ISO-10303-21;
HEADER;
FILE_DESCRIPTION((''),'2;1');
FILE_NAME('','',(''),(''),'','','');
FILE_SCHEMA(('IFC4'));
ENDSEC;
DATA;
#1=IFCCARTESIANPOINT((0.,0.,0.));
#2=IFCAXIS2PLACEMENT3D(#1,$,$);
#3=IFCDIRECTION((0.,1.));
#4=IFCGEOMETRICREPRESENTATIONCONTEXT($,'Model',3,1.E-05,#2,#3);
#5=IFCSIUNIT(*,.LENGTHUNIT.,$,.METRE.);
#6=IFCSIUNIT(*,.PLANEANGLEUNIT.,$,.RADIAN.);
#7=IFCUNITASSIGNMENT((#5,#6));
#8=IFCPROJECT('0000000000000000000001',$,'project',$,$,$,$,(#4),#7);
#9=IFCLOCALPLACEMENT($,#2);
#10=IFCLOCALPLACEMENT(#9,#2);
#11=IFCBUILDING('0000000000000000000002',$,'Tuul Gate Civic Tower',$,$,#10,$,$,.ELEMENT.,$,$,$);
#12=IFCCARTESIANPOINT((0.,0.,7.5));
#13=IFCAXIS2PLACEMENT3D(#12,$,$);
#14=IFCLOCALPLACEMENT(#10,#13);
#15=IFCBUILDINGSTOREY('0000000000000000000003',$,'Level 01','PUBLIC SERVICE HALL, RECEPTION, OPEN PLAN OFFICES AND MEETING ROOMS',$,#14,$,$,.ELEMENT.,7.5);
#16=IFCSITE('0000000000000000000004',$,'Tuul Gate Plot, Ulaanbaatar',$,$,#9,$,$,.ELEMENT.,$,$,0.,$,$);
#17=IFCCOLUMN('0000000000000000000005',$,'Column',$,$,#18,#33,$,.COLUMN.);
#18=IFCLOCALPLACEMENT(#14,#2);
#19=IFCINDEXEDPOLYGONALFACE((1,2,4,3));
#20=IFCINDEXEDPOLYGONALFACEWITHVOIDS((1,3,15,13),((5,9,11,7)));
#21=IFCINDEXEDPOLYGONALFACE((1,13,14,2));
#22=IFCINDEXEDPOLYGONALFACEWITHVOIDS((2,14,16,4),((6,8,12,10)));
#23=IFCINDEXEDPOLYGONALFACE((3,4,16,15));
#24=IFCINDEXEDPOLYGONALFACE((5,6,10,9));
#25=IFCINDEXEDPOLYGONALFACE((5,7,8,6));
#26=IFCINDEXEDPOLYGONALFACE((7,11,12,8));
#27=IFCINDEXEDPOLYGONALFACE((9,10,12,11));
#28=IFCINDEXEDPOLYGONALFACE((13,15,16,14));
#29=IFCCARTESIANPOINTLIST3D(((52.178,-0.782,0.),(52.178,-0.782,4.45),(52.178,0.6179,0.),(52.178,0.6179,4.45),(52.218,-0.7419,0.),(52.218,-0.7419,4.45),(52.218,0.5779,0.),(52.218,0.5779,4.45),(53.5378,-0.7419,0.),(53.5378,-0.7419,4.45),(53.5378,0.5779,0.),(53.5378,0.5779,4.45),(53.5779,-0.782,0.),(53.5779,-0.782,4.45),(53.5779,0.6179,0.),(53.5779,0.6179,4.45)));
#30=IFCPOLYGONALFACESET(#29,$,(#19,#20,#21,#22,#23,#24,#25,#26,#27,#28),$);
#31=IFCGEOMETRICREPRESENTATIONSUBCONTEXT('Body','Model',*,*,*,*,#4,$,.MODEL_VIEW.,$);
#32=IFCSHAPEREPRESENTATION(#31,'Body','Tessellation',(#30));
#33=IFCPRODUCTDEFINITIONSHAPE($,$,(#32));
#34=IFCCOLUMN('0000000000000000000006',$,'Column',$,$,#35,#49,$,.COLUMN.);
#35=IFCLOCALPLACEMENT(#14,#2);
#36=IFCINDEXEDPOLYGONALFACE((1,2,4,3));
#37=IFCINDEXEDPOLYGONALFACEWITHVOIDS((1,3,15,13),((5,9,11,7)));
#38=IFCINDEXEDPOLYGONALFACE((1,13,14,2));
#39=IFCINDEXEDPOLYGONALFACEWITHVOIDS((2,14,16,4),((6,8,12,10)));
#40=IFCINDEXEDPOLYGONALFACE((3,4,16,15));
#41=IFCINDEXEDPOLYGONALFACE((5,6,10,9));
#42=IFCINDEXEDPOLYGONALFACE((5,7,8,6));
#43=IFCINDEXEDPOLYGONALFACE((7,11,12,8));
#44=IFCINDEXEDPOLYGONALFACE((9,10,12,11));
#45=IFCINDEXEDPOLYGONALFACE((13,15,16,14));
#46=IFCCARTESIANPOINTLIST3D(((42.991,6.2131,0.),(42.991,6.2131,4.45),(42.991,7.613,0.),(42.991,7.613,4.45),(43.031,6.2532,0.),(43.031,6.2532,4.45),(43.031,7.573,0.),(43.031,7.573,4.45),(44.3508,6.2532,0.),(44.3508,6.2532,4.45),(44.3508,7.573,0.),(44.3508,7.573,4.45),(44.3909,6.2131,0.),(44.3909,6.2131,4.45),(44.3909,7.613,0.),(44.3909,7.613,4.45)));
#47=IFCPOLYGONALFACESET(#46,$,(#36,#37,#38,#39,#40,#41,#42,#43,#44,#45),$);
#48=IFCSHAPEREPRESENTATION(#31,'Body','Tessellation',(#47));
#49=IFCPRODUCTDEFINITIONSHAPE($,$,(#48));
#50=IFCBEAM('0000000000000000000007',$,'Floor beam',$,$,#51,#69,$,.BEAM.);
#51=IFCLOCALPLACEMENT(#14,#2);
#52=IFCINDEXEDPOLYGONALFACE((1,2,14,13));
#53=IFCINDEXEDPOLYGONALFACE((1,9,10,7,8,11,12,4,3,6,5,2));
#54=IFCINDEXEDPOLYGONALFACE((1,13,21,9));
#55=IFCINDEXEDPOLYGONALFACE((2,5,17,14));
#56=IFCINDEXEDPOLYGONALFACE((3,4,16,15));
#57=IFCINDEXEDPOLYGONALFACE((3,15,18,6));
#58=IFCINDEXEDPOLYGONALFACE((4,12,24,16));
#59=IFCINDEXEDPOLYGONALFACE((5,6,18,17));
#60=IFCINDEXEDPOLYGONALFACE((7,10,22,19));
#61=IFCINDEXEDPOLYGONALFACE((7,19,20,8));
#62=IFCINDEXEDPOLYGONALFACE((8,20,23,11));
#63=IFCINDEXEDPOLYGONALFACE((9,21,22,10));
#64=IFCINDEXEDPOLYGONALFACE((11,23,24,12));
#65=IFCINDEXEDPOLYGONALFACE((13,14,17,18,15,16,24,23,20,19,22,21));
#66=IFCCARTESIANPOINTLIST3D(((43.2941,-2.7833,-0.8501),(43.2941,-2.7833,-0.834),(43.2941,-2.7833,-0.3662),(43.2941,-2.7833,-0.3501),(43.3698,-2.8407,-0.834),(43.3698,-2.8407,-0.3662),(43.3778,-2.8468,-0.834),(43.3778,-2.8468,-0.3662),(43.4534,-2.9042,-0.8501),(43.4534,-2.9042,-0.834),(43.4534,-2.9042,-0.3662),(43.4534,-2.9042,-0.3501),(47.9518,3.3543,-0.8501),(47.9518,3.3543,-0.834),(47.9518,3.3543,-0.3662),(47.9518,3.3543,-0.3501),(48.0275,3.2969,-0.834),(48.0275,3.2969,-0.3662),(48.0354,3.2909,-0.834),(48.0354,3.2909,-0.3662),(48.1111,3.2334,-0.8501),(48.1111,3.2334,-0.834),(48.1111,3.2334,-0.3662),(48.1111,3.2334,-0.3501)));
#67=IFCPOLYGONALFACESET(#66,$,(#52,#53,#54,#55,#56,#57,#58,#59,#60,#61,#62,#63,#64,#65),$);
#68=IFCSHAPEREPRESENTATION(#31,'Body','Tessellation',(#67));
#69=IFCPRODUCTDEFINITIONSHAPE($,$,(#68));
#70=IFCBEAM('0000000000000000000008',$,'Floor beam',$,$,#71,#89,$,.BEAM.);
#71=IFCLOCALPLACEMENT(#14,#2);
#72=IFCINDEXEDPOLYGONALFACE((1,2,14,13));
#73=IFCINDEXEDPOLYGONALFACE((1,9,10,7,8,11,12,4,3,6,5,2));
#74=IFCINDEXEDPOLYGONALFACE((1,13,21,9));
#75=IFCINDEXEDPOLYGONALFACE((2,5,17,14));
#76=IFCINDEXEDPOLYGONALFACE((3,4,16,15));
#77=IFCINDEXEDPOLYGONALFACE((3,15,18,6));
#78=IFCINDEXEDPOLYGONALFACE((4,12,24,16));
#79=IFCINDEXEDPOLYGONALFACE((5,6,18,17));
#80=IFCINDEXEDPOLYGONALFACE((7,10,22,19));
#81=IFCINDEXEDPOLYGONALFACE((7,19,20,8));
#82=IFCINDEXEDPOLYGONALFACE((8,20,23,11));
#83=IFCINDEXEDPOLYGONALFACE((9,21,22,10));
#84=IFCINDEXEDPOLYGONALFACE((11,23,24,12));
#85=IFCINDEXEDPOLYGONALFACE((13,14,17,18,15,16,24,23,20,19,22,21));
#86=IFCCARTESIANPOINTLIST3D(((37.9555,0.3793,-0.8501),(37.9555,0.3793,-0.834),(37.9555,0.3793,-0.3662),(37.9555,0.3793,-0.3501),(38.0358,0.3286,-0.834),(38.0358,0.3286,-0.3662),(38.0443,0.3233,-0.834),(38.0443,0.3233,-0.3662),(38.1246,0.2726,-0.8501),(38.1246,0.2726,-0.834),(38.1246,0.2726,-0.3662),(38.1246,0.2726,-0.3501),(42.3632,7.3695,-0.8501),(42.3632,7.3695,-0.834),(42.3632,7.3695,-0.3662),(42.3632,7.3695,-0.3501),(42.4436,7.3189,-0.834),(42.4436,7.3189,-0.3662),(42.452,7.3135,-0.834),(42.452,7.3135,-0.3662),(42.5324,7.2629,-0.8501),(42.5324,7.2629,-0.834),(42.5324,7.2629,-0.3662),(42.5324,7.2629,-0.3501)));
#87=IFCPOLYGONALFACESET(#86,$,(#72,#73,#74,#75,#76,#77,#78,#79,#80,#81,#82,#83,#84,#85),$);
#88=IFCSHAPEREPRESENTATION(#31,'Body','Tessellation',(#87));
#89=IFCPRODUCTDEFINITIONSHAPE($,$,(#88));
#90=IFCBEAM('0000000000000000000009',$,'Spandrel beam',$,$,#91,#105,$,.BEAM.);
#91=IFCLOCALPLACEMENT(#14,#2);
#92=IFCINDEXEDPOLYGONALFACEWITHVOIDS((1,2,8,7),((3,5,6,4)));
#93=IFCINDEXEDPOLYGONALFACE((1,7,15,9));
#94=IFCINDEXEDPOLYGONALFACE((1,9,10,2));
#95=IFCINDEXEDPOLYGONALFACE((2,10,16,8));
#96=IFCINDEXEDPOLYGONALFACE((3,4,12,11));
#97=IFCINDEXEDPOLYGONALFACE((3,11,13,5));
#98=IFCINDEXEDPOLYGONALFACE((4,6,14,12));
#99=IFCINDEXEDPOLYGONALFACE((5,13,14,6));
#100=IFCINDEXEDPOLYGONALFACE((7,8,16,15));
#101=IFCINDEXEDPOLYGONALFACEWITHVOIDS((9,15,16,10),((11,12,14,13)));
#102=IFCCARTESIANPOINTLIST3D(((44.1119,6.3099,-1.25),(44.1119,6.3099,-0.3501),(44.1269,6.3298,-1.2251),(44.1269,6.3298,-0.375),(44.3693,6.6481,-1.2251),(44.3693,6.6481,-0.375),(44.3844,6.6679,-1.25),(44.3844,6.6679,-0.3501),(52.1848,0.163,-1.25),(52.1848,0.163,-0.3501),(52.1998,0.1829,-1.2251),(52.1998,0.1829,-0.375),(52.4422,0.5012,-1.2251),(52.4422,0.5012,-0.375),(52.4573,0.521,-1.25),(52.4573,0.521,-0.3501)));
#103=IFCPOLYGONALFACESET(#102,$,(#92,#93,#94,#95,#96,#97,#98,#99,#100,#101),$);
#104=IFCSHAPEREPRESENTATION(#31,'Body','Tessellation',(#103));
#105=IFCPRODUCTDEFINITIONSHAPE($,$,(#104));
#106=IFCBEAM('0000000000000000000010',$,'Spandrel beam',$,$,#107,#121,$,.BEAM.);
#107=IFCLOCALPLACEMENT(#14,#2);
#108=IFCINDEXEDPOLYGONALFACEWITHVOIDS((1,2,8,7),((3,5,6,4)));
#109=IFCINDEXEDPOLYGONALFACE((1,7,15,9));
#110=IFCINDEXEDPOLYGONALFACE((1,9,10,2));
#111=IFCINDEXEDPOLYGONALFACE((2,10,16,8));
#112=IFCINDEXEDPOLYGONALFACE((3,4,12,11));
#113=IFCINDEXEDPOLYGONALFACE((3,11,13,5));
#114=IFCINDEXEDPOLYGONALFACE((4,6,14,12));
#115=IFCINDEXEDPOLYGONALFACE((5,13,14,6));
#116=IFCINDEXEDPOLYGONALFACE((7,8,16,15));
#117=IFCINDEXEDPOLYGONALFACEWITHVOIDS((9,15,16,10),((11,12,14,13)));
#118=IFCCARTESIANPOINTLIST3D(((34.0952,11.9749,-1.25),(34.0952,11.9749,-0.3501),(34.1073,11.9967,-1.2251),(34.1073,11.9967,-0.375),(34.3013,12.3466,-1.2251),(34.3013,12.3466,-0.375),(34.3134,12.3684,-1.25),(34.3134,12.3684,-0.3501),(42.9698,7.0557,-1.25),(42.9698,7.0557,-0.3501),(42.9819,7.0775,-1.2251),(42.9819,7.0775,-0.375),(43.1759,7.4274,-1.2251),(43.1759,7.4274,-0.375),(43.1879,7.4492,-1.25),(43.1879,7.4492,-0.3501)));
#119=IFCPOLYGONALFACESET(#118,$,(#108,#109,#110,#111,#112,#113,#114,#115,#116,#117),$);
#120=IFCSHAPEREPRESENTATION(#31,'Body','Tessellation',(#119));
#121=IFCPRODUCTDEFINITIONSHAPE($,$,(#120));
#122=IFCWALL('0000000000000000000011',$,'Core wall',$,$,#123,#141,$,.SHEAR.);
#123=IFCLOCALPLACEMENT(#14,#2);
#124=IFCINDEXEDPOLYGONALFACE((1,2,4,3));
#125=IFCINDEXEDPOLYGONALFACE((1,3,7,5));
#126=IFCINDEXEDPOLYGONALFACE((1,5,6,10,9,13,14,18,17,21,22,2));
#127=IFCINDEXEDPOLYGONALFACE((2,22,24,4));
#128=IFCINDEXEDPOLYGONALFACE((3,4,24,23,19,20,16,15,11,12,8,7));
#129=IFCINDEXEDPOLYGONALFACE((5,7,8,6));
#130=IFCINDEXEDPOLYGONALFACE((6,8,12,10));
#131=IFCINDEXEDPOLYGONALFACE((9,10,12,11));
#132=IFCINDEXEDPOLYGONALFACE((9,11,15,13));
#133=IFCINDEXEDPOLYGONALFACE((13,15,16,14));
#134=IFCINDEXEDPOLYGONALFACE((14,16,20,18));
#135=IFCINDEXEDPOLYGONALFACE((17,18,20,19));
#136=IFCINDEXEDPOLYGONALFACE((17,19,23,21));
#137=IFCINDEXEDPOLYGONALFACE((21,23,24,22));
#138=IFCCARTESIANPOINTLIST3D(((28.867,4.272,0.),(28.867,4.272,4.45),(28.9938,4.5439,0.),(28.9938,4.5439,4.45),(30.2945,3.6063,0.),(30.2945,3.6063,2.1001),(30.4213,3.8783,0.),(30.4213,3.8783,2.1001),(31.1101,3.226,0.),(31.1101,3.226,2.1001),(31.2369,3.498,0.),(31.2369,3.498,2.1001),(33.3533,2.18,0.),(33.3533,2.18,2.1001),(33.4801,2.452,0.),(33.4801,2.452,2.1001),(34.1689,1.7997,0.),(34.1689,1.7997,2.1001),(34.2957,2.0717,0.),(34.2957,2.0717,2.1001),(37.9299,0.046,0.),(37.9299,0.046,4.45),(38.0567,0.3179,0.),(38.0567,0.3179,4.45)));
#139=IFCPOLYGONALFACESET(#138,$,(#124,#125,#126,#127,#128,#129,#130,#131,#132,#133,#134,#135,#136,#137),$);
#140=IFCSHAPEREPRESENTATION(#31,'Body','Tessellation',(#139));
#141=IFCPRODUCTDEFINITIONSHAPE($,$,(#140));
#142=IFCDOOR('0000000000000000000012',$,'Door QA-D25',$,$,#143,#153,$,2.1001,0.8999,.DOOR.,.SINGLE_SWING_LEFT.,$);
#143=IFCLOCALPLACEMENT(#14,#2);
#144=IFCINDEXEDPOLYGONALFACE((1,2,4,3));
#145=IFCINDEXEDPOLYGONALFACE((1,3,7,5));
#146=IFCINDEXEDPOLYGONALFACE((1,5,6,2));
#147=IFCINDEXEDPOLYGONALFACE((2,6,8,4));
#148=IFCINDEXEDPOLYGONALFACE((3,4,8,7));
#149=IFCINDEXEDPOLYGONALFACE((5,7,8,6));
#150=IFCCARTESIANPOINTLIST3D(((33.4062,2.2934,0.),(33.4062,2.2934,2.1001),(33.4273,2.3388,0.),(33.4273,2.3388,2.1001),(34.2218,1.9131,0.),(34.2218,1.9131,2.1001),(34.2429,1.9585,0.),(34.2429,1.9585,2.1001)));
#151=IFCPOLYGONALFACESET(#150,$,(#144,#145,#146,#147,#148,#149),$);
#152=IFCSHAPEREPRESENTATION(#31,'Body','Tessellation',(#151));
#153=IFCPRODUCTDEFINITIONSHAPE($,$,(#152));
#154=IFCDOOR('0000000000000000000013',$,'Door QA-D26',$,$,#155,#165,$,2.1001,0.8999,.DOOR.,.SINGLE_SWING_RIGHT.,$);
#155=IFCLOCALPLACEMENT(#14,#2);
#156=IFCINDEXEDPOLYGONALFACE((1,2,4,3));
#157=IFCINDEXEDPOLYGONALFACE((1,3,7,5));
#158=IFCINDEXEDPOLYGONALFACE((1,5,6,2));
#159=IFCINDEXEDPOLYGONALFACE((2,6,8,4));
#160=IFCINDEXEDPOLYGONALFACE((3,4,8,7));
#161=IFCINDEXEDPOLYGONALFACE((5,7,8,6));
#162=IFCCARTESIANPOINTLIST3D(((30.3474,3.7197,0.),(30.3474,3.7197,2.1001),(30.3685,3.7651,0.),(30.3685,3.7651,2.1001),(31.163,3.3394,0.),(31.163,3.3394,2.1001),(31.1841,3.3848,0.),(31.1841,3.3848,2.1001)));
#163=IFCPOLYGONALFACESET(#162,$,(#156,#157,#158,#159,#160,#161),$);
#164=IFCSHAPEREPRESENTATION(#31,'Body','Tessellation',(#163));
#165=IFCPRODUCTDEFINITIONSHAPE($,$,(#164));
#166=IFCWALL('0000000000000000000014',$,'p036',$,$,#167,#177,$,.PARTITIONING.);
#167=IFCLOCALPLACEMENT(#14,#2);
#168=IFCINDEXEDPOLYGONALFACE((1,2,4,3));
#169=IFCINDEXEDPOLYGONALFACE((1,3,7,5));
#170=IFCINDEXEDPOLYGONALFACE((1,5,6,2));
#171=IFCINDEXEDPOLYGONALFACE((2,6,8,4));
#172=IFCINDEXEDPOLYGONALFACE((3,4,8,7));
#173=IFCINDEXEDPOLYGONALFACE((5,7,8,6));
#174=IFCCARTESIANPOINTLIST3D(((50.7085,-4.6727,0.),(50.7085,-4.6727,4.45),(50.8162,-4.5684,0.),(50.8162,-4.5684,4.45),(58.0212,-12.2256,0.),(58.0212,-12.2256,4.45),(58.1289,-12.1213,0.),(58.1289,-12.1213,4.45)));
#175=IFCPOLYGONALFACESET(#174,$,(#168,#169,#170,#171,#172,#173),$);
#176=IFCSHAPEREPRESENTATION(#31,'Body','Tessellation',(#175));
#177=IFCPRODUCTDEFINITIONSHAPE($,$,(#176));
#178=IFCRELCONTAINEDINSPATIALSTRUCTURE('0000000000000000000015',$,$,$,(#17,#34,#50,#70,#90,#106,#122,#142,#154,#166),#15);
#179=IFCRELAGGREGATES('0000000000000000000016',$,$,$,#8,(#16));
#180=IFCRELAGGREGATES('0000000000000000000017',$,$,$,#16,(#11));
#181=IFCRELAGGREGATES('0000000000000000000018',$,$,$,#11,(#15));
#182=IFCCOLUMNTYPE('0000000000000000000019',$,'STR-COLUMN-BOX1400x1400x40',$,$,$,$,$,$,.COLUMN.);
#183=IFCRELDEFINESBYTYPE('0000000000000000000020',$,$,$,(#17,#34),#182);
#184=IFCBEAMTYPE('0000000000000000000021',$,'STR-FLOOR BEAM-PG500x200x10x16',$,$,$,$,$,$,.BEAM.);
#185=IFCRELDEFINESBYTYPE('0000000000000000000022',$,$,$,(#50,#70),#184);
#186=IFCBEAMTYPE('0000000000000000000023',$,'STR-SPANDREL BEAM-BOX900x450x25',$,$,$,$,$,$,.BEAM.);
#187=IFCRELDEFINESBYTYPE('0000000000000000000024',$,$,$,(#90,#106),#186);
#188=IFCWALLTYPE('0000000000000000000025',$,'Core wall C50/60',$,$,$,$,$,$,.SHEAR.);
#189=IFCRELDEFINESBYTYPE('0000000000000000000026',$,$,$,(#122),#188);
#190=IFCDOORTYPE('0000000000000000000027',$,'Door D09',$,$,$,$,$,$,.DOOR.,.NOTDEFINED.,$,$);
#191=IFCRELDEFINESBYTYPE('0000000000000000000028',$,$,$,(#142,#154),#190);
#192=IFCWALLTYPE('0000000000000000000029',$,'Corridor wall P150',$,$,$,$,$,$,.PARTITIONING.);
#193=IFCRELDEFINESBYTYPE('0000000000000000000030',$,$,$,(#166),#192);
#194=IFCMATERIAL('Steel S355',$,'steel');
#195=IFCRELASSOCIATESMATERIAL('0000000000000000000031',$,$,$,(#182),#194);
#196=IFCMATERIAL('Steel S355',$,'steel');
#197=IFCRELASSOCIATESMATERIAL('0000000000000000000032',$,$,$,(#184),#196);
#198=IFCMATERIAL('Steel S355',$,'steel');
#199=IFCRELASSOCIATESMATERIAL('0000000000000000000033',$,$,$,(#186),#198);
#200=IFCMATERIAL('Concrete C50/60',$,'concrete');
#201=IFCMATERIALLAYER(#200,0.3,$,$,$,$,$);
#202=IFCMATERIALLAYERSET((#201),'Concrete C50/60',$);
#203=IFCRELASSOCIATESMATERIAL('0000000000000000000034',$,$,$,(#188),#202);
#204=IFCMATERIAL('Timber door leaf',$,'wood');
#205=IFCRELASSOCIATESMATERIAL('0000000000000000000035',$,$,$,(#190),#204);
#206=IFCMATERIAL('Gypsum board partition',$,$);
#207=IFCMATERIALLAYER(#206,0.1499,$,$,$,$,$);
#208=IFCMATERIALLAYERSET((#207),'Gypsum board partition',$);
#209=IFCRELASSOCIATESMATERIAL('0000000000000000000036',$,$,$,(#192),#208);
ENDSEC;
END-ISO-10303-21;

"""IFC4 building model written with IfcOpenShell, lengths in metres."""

from ifc_helpers import new_model, si_unit, direction, frame, frame_2d, origin, origin_2d, place, context, subcontext, project, spatial, rectangle, hollow_rectangle, i_section, extrude, material, layer, layer_set, material_profile, profile_set, type_object, element, fill, save


model = new_model("IFC4")

# Units and contexts
model_context = context("Model", 3, precision=1e-05, world=origin(), true_north=direction((0.0, 1.0)))
body_context = subcontext(model_context, "Body", "Model", "MODEL_VIEW")
ifc_project = project(units=[si_unit("LENGTHUNIT", "METRE"), si_unit("PLANEANGLEUNIT", "RADIAN")], contexts=[model_context])

# Site, building, storey
site_placement = place(None, origin())
site = spatial("IfcSite", under=ifc_project, at=site_placement, Name="Tuul Gate Plot, Ulaanbaatar", CompositionType="ELEMENT", RefElevation=0.0)
building_placement = place(site_placement, origin())
building = spatial("IfcBuilding", under=site, at=building_placement, Name="Tuul Gate Civic Tower", CompositionType="ELEMENT")
storey_placement = place(building_placement, frame((0.0, 0.0, 7.5)))
storey = spatial("IfcBuildingStorey", under=building, at=storey_placement, Name="Level 01", Description="PUBLIC SERVICE HALL, RECEPTION, OPEN PLAN OFFICES AND MEETING ROOMS", CompositionType="ELEMENT", Elevation=7.5)

# Columns
ifc_material_1 = material(Name="Steel S355", Category="steel")
ifc_material_profile_1 = material_profile(ifc_material_1, hollow_rectangle(XDim=1.3999, YDim=1.3999, WallThickness=0.04, at=origin_2d()), Name="BOX1400x1400x40")
ifc_profile_set_1 = profile_set([ifc_material_profile_1], Name="Steel S355")
column_type = type_object("IfcColumnType", Name="STR-COLUMN-BOX1400x1400x40", PredefinedType="COLUMN", material=ifc_profile_set_1)
for number, where, z_axis, x_axis, name in (
    (1, (52.8779, -0.082, 0.0), (0.0, 0.0, 1.0), (1.0, 0.0, 0.0), "Column"),
    (2, (43.6909, 6.9131, 0.0), (0.0, 0.0, 1.0), (1.0, 0.0, 0.0), "Column"),
):
    element("IfcColumn", number, at=place(storey_placement, frame(where, z_axis=z_axis, x_axis=x_axis)), inside=storey, type_object=column_type, Name=name, PredefinedType="COLUMN", context=body_context, shape_type="SweptSolid", body=[
        extrude(hollow_rectangle(XDim=1.3999, YDim=1.3999, WallThickness=0.04, at=origin_2d()), origin(), (0.0, 0.0, 1.0), 4.45),
    ])

# Beams
ifc_material_2 = material(Name="Steel S355", Category="steel")
ifc_material_profile_2 = material_profile(ifc_material_2, i_section(OverallWidth=0.2, OverallDepth=0.5, WebThickness=0.01, FlangeThickness=0.0161, at=origin_2d()), Name="PG500x200x10x16")
ifc_profile_set_2 = profile_set([ifc_material_profile_2], Name="Steel S355")
beam_type_1 = type_object("IfcBeamType", Name="STR-FLOOR BEAM-PG500x200x10x16", PredefinedType="BEAM", material=ifc_profile_set_2)
beam_1_placement = place(storey_placement, frame((43.3738, -2.8438, -0.6001), z_axis=(0.604513, 0.796596, 0.0), x_axis=(-0.796596, 0.604513, 0.0)))
element("IfcBeam", 3, at=beam_1_placement, inside=storey, type_object=beam_type_1, Name="Floor beam", PredefinedType="BEAM", context=body_context, shape_type="SweptSolid", body=[
    extrude(i_section(OverallWidth=0.2, OverallDepth=0.5, WebThickness=0.01, FlangeThickness=0.0161, at=origin_2d()), origin(), (0.0, 0.0, 1.0), 7.7048),
])
beam_2_placement = place(storey_placement, frame((38.04, 0.3259, -0.6001), z_axis=(0.533373, 0.84588, 0.0), x_axis=(-0.84588, 0.533373, 0.0)))
element("IfcBeam", 4, at=beam_2_placement, inside=storey, type_object=beam_type_1, Name="Floor beam", PredefinedType="BEAM", context=body_context, shape_type="SweptSolid", body=[
    extrude(i_section(OverallWidth=0.2, OverallDepth=0.5, WebThickness=0.01, FlangeThickness=0.0161, at=origin_2d()), origin(), (0.0, 0.0, 1.0), 8.2639),
])
ifc_material_3 = material(Name="Steel S355", Category="steel")
ifc_material_profile_3 = material_profile(ifc_material_3, hollow_rectangle(XDim=0.45, YDim=0.8999, WallThickness=0.0249, at=origin_2d()), Name="BOX900x450x25")
ifc_profile_set_3 = profile_set([ifc_material_profile_3], Name="Steel S355")
beam_type_2 = type_object("IfcBeamType", Name="STR-SPANDREL BEAM-BOX900x450x25", PredefinedType="BEAM", material=ifc_profile_set_3)
for number, where, z_axis, x_axis, name in (
    (5, (52.321, 0.342, -0.8), (-0.795616, 0.605801, 0.0), (-0.605801, -0.795616, 0.0), "Spandrel beam"),
    (6, (43.0789, 7.2524, -0.8), (-0.874621, 0.484807, 0.0), (-0.484807, -0.874621, 0.0), "Spandrel beam"),
):
    element("IfcBeam", number, at=place(storey_placement, frame(where, z_axis=z_axis, x_axis=x_axis)), inside=storey, type_object=beam_type_2, Name=name, PredefinedType="BEAM", context=body_context, shape_type="SweptSolid", body=[
        extrude(hollow_rectangle(XDim=0.45, YDim=0.8999, WallThickness=0.0249, at=origin_2d()), origin(), (0.0, 0.0, 1.0), 10.1467),
    ])

# Wall, openings, doors
ifc_material_4 = material(Name="Concrete C50/60", Category="concrete")
ifc_layer_1 = layer(ifc_material_4, 0.3)
ifc_layer_set_1 = layer_set([ifc_layer_1], Name="Concrete C50/60")
wall_type_1 = type_object("IfcWallType", Name="Core wall C50/60", PredefinedType="SHEAR", material=ifc_layer_set_1)
wall_1_placement = place(storey_placement, frame((37.9934, 0.1819, 0.0), z_axis=(0.0, 0.0, 1.0), x_axis=(-0.90631, 0.422613, 0.0)))
wall_1 = element("IfcWall", 7, at=wall_1_placement, inside=storey, type_object=wall_type_1, Name="Core wall", PredefinedType="SHEAR", context=body_context, shape_type="SweptSolid", body=[
    extrude(rectangle(XDim=9.9998, YDim=0.3, at=frame_2d((5.0, 0.0))), origin(), (0.0, 0.0, 1.0), 4.45),
])
opening_1_placement = place(wall_1_placement, frame((4.1499, 0.0, 0.0)))
opening_1 = element("IfcOpeningElement", 8, at=opening_1_placement, cuts=wall_1, PredefinedType="OPENING", context=body_context, shape_type="SweptSolid", body=[
    extrude(rectangle(XDim=0.8999, YDim=2.1001, at=frame_2d((0.45, 1.05))), frame((0.0, 0.1602, 0.0), z_axis=(0.0, -1.0, 0.0), x_axis=(1.0, 0.0, 0.0)), (0.0, 0.0, 1.0), 0.3201),
])
opening_2_placement = place(wall_1_placement, frame((7.5249, 0.0, 0.0)))
opening_2 = element("IfcOpeningElement", 9, at=opening_2_placement, cuts=wall_1, PredefinedType="OPENING", context=body_context, shape_type="SweptSolid", body=[
    extrude(rectangle(XDim=0.8999, YDim=2.1001, at=frame_2d((0.45, 1.05))), frame((0.0, 0.1602, 0.0), z_axis=(0.0, -1.0, 0.0), x_axis=(1.0, 0.0, 0.0)), (0.0, 0.0, 1.0), 0.3201),
])
ifc_material_5 = material(Name="Timber door leaf", Category="wood")
door_type_1 = type_object("IfcDoorType", Name="Door D09", OperationType="NOTDEFINED", PredefinedType="DOOR", material=ifc_material_5)
door_1_placement = place(opening_1_placement, origin())
door_1 = element("IfcDoor", 10, at=door_1_placement, inside=storey, type_object=door_type_1, Name="Door QA-D25", OperationType="SINGLE_SWING_LEFT", OverallHeight=2.1001, OverallWidth=0.8999, PredefinedType="DOOR", context=body_context, shape_type="SweptSolid", body=[
    extrude(rectangle(XDim=0.8999, YDim=2.1001, at=frame_2d((0.45, 1.05))), frame((0.0, 0.0249, 0.0), z_axis=(0.0, -1.0, 0.0), x_axis=(1.0, 0.0, 0.0)), (0.0, 0.0, 1.0), 0.05),
])
fill(opening_1, door_1)
door_2_placement = place(opening_2_placement, origin())
door_2 = element("IfcDoor", 11, at=door_2_placement, inside=storey, type_object=door_type_1, Name="Door QA-D26", OperationType="SINGLE_SWING_RIGHT", OverallHeight=2.1001, OverallWidth=0.8999, PredefinedType="DOOR", context=body_context, shape_type="SweptSolid", body=[
    extrude(rectangle(XDim=0.8999, YDim=2.1001, at=frame_2d((0.45, 1.05))), frame((0.0, 0.0249, 0.0), z_axis=(0.0, -1.0, 0.0), x_axis=(1.0, 0.0, 0.0)), (0.0, 0.0, 1.0), 0.05),
])
fill(opening_2, door_2)

# Wall
ifc_material_6 = material(Name="Gypsum board partition")
ifc_layer_2 = layer(ifc_material_6, 0.1499)
ifc_layer_set_2 = layer_set([ifc_layer_2], Name="Gypsum board partition")
wall_type_2 = type_object("IfcWallType", Name="Corridor wall P150", PredefinedType="PARTITIONING", material=ifc_layer_set_2)
wall_2_placement = place(storey_placement, frame((50.7625, -4.6206, 0.0), z_axis=(0.0, 0.0, 1.0), x_axis=(0.695589, -0.71844, 0.0)))
element("IfcWall", 12, at=wall_2_placement, inside=storey, type_object=wall_type_2, Name="p036", PredefinedType="PARTITIONING", context=body_context, shape_type="SweptSolid", body=[
    extrude(rectangle(XDim=10.5129, YDim=0.1499, at=frame_2d((5.2563, 0.0))), origin(), (0.0, 0.0, 1.0), 4.45),
])

save(model, "model.ifc")
